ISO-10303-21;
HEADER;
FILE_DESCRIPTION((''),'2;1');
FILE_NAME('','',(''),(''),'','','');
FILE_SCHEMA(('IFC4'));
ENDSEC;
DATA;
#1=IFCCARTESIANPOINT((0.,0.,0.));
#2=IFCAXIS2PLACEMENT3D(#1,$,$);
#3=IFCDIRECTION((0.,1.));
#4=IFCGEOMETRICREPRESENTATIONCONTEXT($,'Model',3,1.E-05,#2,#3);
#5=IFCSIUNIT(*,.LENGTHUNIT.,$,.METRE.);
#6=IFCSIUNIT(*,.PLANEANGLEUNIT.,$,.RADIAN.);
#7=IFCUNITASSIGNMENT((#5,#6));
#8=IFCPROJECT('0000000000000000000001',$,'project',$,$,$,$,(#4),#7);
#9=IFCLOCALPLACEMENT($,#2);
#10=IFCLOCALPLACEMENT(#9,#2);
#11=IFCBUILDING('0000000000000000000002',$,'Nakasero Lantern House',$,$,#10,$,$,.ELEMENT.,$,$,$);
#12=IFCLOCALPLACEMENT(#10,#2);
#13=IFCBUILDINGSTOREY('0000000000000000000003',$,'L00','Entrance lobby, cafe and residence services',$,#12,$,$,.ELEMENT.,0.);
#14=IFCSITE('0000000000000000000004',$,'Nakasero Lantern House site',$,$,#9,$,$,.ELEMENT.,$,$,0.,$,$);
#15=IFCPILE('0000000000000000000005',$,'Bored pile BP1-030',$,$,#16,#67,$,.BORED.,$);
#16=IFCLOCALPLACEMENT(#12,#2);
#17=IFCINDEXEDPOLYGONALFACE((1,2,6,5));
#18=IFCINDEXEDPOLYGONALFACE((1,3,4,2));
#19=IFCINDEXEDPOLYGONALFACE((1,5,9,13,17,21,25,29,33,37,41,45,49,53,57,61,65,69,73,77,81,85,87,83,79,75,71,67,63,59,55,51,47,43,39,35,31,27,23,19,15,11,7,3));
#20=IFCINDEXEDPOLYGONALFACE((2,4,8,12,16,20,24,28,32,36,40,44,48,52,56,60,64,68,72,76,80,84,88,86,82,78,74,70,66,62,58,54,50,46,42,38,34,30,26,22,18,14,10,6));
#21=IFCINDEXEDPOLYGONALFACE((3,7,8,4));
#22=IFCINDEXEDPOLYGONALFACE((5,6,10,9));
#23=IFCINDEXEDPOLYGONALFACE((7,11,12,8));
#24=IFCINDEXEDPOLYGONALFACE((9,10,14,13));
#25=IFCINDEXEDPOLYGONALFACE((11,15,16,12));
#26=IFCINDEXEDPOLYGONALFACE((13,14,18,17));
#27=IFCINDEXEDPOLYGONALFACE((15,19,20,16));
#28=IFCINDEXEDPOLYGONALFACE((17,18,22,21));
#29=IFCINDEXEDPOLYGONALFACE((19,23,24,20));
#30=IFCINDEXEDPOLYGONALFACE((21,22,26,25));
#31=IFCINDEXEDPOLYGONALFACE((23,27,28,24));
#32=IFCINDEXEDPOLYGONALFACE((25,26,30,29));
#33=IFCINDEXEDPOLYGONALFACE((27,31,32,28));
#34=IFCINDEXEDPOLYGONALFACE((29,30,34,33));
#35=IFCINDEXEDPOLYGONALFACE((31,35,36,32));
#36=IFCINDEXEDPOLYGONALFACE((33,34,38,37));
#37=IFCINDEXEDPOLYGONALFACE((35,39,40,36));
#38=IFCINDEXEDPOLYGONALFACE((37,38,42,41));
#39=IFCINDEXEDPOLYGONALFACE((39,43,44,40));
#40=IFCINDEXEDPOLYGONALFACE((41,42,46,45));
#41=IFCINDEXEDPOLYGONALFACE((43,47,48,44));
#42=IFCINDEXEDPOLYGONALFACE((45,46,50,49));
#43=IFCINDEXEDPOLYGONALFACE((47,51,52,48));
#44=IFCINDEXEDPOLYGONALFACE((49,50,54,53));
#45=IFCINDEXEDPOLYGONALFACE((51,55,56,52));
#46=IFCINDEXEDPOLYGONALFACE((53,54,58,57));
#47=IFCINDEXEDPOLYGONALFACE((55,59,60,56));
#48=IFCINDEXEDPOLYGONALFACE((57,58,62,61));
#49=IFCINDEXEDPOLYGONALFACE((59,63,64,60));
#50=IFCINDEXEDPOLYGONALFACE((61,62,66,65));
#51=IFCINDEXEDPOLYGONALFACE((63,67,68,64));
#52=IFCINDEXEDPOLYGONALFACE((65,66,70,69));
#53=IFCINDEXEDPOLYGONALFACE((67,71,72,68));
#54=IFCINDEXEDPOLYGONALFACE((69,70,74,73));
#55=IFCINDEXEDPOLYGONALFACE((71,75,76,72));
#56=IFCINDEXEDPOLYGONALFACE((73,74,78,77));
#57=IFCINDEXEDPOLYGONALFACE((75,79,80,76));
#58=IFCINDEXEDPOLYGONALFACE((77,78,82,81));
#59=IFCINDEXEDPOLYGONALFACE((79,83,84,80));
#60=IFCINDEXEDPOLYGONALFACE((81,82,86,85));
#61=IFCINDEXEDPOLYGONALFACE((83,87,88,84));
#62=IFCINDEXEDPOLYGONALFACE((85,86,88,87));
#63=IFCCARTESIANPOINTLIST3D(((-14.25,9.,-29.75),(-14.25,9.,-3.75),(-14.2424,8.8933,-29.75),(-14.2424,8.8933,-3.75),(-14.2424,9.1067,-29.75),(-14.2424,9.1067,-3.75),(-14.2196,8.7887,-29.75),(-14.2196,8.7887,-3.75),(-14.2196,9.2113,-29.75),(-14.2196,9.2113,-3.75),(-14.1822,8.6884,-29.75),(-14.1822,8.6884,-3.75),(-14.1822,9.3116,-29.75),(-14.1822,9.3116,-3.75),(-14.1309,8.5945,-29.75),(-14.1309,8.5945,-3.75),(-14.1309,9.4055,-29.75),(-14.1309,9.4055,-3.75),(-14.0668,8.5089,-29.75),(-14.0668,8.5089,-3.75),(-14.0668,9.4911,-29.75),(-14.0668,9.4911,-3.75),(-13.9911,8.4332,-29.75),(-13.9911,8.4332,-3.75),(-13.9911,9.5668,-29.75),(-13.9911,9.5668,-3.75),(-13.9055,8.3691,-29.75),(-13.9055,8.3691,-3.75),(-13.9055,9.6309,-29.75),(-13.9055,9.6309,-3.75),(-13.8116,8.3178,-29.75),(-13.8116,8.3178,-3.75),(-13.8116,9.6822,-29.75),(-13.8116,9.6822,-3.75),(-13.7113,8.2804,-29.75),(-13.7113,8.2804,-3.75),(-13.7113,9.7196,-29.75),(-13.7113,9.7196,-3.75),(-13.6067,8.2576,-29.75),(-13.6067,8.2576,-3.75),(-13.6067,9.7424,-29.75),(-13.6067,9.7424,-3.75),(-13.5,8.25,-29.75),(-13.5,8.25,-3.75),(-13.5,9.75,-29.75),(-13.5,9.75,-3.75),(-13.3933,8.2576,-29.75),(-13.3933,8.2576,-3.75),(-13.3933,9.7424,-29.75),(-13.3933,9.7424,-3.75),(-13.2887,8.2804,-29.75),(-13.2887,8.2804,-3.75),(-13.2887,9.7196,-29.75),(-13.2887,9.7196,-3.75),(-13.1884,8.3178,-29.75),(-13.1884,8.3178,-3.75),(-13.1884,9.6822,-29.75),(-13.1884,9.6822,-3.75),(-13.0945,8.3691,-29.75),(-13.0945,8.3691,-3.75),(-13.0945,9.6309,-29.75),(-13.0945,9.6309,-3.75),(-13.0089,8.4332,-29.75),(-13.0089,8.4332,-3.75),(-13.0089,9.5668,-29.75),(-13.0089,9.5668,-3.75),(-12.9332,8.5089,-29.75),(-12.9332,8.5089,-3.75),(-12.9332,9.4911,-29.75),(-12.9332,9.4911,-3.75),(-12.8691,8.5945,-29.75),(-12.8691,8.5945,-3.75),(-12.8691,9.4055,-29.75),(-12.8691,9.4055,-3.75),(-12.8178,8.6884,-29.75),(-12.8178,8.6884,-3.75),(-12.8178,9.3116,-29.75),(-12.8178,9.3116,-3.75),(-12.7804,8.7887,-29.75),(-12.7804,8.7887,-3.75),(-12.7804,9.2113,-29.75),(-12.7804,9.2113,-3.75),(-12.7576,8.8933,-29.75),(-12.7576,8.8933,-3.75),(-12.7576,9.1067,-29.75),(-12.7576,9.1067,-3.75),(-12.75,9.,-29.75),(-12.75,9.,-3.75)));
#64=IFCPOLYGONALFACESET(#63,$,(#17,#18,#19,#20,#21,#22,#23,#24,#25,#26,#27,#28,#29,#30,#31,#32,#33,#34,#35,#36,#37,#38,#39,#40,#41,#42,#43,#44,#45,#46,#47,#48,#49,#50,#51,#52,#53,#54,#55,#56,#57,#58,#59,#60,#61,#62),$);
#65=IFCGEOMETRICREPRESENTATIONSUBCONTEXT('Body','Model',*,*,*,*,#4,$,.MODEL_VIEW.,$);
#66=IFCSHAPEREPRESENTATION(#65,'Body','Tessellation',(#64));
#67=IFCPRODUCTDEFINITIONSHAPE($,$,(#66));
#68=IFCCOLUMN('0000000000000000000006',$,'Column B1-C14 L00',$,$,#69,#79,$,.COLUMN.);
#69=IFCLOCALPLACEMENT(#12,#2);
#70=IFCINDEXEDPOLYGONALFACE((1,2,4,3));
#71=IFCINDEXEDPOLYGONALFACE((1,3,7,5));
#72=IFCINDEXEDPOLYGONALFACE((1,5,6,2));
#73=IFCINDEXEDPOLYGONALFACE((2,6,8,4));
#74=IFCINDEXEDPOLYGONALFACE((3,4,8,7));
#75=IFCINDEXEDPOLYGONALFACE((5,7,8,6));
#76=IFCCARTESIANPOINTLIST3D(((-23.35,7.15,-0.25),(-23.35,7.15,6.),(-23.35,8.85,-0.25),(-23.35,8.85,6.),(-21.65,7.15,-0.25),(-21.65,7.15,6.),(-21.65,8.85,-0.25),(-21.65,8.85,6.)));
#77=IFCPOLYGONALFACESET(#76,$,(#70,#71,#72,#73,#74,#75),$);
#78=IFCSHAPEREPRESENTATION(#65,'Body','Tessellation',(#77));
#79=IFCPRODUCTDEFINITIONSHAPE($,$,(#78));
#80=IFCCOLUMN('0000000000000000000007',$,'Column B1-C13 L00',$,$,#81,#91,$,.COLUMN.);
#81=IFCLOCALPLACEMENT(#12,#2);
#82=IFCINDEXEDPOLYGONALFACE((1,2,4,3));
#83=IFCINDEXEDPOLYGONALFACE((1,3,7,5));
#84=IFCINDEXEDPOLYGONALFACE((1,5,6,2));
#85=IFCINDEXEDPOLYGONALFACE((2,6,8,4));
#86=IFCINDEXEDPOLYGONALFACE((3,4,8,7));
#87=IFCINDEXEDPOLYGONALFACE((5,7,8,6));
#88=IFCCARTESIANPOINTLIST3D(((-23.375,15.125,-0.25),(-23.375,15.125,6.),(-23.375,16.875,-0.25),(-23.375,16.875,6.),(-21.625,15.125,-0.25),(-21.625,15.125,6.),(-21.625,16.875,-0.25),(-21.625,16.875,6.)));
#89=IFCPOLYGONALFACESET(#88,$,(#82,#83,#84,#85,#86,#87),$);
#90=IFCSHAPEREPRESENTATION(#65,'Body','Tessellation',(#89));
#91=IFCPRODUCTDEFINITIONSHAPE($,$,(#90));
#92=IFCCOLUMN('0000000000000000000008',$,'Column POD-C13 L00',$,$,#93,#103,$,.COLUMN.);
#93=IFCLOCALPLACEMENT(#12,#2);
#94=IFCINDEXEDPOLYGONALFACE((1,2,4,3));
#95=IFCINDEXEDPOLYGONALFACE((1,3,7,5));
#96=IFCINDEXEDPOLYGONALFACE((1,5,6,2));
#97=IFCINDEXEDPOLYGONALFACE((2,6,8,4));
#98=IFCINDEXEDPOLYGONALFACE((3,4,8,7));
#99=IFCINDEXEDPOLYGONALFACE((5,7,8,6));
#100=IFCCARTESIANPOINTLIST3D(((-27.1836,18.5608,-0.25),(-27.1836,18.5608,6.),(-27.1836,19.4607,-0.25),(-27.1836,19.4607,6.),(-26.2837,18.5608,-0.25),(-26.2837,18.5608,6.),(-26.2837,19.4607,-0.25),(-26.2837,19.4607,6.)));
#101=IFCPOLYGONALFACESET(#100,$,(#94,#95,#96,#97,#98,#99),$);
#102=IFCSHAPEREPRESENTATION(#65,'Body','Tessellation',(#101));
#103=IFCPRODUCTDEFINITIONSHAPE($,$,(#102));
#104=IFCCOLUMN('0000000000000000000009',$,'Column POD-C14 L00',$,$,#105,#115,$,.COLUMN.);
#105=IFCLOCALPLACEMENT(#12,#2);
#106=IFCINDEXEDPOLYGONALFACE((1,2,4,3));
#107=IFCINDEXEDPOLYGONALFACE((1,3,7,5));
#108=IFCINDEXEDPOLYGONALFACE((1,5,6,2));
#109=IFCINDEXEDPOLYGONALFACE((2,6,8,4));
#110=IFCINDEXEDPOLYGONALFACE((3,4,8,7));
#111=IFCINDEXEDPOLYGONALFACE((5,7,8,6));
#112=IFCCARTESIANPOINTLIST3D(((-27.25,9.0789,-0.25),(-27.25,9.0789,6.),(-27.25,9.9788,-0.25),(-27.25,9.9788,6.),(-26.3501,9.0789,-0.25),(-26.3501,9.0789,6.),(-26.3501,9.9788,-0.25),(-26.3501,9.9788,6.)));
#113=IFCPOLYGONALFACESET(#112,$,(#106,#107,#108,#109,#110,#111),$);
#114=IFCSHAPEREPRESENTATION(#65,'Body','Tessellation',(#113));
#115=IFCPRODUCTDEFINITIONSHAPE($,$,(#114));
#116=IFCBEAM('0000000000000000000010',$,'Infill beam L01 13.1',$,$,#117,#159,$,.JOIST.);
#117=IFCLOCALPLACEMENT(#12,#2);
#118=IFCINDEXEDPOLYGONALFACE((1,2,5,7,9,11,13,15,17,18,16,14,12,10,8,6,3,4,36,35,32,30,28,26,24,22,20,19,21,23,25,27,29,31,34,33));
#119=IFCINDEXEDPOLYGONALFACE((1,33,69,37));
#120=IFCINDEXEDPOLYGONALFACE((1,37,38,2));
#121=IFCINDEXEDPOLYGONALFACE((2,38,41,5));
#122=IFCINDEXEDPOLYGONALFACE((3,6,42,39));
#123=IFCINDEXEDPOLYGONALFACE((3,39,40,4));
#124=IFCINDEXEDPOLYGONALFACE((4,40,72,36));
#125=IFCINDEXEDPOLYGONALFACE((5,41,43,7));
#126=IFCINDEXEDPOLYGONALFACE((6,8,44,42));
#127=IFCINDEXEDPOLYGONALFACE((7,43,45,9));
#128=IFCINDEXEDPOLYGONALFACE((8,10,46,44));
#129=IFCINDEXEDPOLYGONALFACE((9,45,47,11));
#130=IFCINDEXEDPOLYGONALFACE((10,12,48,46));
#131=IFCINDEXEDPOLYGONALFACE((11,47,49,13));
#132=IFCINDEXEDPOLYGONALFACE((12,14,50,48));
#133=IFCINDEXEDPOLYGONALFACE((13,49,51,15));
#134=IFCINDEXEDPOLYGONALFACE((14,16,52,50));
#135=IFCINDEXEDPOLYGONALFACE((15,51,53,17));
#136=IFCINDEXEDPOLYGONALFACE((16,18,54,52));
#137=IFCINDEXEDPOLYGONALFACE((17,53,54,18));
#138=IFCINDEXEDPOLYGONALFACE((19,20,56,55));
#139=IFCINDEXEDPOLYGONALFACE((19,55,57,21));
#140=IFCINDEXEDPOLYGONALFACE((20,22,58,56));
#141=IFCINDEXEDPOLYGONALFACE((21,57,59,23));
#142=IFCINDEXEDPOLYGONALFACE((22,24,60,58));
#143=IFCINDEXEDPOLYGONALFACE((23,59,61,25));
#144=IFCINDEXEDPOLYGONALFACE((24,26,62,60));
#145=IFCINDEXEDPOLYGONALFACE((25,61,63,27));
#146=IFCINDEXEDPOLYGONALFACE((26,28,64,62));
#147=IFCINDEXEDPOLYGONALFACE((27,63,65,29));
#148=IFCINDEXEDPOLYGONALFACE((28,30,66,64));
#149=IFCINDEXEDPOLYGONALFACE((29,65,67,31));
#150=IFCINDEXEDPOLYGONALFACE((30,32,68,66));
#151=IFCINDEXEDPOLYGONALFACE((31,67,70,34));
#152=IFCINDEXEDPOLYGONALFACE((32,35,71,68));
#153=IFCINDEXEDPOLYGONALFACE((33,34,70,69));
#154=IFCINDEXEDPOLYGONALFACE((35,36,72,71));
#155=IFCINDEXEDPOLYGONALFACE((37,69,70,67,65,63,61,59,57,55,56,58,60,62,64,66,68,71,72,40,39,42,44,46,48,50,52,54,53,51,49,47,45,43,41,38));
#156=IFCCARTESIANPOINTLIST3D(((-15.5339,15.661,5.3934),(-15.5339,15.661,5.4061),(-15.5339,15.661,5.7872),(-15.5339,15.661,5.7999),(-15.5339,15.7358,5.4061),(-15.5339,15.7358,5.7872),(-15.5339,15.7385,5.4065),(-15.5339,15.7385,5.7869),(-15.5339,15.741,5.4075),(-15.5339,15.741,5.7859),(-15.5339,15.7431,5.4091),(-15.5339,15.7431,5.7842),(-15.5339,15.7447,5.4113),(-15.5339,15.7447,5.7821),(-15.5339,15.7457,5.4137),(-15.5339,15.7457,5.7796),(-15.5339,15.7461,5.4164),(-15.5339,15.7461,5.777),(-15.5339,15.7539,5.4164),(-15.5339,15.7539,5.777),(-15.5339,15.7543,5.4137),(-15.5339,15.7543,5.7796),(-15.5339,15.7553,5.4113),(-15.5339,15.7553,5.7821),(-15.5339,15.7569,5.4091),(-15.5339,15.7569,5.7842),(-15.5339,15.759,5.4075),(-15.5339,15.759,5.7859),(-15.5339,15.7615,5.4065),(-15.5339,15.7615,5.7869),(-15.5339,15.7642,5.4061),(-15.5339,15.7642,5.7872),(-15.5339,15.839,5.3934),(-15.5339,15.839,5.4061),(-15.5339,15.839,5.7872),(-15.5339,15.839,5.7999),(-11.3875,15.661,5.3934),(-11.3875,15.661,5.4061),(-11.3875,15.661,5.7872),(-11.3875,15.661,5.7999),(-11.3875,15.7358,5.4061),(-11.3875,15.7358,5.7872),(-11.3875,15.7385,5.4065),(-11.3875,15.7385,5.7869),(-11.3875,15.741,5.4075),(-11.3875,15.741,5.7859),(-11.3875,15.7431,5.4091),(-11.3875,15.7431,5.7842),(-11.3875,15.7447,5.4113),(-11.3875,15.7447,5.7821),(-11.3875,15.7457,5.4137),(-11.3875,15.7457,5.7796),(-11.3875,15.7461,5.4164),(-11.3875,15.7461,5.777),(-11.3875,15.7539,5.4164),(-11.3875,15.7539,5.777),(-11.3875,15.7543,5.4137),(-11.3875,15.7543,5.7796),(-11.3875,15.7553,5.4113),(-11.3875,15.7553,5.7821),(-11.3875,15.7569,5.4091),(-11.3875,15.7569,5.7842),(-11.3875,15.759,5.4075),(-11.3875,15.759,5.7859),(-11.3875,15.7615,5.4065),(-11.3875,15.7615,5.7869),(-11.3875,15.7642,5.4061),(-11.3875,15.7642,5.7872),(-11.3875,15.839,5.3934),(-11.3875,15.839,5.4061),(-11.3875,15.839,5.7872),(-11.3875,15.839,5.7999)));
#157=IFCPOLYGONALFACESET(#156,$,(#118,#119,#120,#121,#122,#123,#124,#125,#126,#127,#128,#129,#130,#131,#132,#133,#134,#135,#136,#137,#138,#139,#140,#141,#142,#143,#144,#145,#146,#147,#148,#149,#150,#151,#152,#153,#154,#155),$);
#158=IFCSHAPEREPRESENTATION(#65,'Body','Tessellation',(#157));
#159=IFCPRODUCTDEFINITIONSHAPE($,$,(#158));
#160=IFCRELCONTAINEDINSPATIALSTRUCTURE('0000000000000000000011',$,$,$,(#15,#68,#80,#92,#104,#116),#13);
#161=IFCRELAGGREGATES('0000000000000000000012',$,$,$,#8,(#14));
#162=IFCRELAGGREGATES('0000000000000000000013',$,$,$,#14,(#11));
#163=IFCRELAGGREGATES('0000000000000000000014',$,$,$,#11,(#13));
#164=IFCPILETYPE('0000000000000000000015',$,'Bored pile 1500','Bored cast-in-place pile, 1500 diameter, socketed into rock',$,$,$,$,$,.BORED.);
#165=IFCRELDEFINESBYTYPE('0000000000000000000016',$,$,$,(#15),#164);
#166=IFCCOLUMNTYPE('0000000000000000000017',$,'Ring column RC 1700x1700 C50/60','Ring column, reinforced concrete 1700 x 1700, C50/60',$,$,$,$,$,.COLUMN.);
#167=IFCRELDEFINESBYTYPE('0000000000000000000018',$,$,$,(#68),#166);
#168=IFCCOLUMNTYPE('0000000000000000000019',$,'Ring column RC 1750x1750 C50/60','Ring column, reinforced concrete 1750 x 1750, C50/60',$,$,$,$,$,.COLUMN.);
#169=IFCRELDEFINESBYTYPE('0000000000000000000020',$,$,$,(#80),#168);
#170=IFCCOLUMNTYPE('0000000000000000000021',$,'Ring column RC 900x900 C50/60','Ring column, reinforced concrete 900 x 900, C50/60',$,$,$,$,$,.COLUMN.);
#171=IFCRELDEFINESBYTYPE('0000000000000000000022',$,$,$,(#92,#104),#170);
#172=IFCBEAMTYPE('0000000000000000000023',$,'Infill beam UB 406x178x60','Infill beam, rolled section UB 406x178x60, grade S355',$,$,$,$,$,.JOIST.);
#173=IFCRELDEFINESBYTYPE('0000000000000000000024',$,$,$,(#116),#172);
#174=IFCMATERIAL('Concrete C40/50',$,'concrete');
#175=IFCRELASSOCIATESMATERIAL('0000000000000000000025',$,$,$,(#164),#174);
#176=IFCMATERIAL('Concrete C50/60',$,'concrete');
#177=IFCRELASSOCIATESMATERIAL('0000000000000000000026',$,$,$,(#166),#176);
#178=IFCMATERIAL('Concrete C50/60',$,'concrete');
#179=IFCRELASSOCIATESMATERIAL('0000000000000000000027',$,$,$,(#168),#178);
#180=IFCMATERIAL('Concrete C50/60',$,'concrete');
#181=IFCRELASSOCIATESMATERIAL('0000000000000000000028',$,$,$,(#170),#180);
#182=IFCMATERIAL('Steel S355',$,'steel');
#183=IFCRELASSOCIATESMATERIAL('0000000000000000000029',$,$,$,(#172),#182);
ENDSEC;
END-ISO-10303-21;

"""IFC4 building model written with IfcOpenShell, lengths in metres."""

from ifc_helpers import new_model, si_unit, direction, frame, origin, origin_2d, place, context, subcontext, project, spatial, rectangle, circle, i_section, extrude, material, material_profile, profile_set, type_object, element, save


model = new_model("IFC4")

# Units and contexts
model_context = context("Model", 3, precision=1e-05, world=origin(), true_north=direction((0.0, 1.0)))
body_context = subcontext(model_context, "Body", "Model", "MODEL_VIEW")
ifc_project = project(units=[si_unit("LENGTHUNIT", "METRE"), si_unit("PLANEANGLEUNIT", "RADIAN")], contexts=[model_context])

# Site, building, storey
site_placement = place(None, origin())
site = spatial("IfcSite", under=ifc_project, at=site_placement, Name="Nakasero Lantern House site", CompositionType="ELEMENT", RefElevation=0.0)
building_placement = place(site_placement, origin())
building = spatial("IfcBuilding", under=site, at=building_placement, Name="Nakasero Lantern House", CompositionType="ELEMENT")
storey_placement = place(building_placement, origin())
storey = spatial("IfcBuildingStorey", under=building, at=storey_placement, Name="L00", Description="Entrance lobby, cafe and residence services", CompositionType="ELEMENT", Elevation=0.0)

# Pile
ifc_material_1 = material(Name="Concrete C40/50", Category="concrete")
pile_type = type_object("IfcPileType", Name="Bored pile 1500", Description="Bored cast-in-place pile, 1500 diameter, socketed into rock", PredefinedType="BORED", material=ifc_material_1)
for number, where, z_axis, x_axis, name in (
    (1, (-13.5, 9.0, -3.75), (0.0, 0.0, -1.0), (1.0, 0.0, 0.0), "Bored pile BP1-030"),
):
    element("IfcPile", number, at=place(storey_placement, frame(where, z_axis=z_axis, x_axis=x_axis)), inside=storey, type_object=pile_type, Name=name, PredefinedType="BORED", context=body_context, shape_type="SweptSolid", body=[
        extrude(circle(Radius=0.75, at=origin_2d()), origin(), (0.0, 0.0, 1.0), 26.0),
    ])

# Columns
ifc_material_2 = material(Name="Concrete C50/60", Category="concrete")
ifc_material_profile_1 = material_profile(ifc_material_2, rectangle(XDim=1.7, YDim=1.7, at=origin_2d()), Name="RC 1700x1700")
ifc_profile_set_1 = profile_set([ifc_material_profile_1], Name="Concrete C50/60")
column_type_1 = type_object("IfcColumnType", Name="Ring column RC 1700x1700 C50/60", Description="Ring column, reinforced concrete 1700 x 1700, C50/60", PredefinedType="COLUMN", material=ifc_profile_set_1)
column_1_placement = place(storey_placement, frame((-22.5, 8.0, -0.25), z_axis=(0.0, 0.0, 1.0), x_axis=(1.0, 0.0, 0.0)))
element("IfcColumn", 2, at=column_1_placement, inside=storey, type_object=column_type_1, Name="Column B1-C14 L00", PredefinedType="COLUMN", context=body_context, shape_type="SweptSolid", body=[
    extrude(rectangle(XDim=1.7, YDim=1.7, at=origin_2d()), origin(), (0.0, 0.0, 1.0), 6.25),
])
ifc_material_3 = material(Name="Concrete C50/60", Category="concrete")
ifc_material_profile_2 = material_profile(ifc_material_3, rectangle(XDim=1.75, YDim=1.75, at=origin_2d()), Name="RC 1750x1750")
ifc_profile_set_2 = profile_set([ifc_material_profile_2], Name="Concrete C50/60")
column_type_2 = type_object("IfcColumnType", Name="Ring column RC 1750x1750 C50/60", Description="Ring column, reinforced concrete 1750 x 1750, C50/60", PredefinedType="COLUMN", material=ifc_profile_set_2)
column_2_placement = place(storey_placement, frame((-22.5, 16.0, -0.25), z_axis=(0.0, 0.0, 1.0), x_axis=(1.0, 0.0, 0.0)))
element("IfcColumn", 3, at=column_2_placement, inside=storey, type_object=column_type_2, Name="Column B1-C13 L00", PredefinedType="COLUMN", context=body_context, shape_type="SweptSolid", body=[
    extrude(rectangle(XDim=1.75, YDim=1.75, at=origin_2d()), origin(), (0.0, 0.0, 1.0), 6.25),
])
ifc_material_4 = material(Name="Concrete C50/60", Category="concrete")
ifc_material_profile_3 = material_profile(ifc_material_4, rectangle(XDim=0.8999, YDim=0.8999, at=origin_2d()), Name="RC 900x900")
ifc_profile_set_3 = profile_set([ifc_material_profile_3], Name="Concrete C50/60")
column_type_3 = type_object("IfcColumnType", Name="Ring column RC 900x900 C50/60", Description="Ring column, reinforced concrete 900 x 900, C50/60", PredefinedType="COLUMN", material=ifc_profile_set_3)
for number, where, z_axis, x_axis, name in (
    (4, (-26.7336, 19.0107, -0.25), (0.0, 0.0, 1.0), (1.0, 0.0, 0.0), "Column POD-C13 L00"),
    (5, (-26.8, 9.5288, -0.25), (0.0, 0.0, 1.0), (1.0, 0.0, 0.0), "Column POD-C14 L00"),
):
    element("IfcColumn", number, at=place(storey_placement, frame(where, z_axis=z_axis, x_axis=x_axis)), inside=storey, type_object=column_type_3, Name=name, PredefinedType="COLUMN", context=body_context, shape_type="SweptSolid", body=[
        extrude(rectangle(XDim=0.8999, YDim=0.8999, at=origin_2d()), origin(), (0.0, 0.0, 1.0), 6.25),
    ])

# Beam
ifc_material_5 = material(Name="Steel S355", Category="steel")
ifc_material_profile_4 = material_profile(ifc_material_5, i_section(OverallWidth=0.178, OverallDepth=0.4065, WebThickness=0.0078, FlangeThickness=0.0127, FilletRadius=0.0103, at=origin_2d()), Name="UB 406x178x60")
ifc_profile_set_4 = profile_set([ifc_material_profile_4], Name="Steel S355")
beam_type_1 = type_object("IfcBeamType", Name="Infill beam UB 406x178x60", Description="Infill beam, rolled section UB 406x178x60, grade S355", PredefinedType="JOIST", material=ifc_profile_set_4)
beam_1_placement = place(storey_placement, frame((-15.5339, 15.75, 5.5967), z_axis=(1.0, 0.0, 0.0), x_axis=(0.0, 1.0, 0.0)))
element("IfcBeam", 6, at=beam_1_placement, inside=storey, type_object=beam_type_1, Name="Infill beam L01 13.1", PredefinedType="JOIST", context=body_context, shape_type="SweptSolid", body=[
    extrude(i_section(OverallWidth=0.178, OverallDepth=0.4065, WebThickness=0.0078, FlangeThickness=0.0127, FilletRadius=0.0103, at=origin_2d()), origin(), (0.0, 0.0, 1.0), 4.1465),
])

save(model, "model.ifc")
